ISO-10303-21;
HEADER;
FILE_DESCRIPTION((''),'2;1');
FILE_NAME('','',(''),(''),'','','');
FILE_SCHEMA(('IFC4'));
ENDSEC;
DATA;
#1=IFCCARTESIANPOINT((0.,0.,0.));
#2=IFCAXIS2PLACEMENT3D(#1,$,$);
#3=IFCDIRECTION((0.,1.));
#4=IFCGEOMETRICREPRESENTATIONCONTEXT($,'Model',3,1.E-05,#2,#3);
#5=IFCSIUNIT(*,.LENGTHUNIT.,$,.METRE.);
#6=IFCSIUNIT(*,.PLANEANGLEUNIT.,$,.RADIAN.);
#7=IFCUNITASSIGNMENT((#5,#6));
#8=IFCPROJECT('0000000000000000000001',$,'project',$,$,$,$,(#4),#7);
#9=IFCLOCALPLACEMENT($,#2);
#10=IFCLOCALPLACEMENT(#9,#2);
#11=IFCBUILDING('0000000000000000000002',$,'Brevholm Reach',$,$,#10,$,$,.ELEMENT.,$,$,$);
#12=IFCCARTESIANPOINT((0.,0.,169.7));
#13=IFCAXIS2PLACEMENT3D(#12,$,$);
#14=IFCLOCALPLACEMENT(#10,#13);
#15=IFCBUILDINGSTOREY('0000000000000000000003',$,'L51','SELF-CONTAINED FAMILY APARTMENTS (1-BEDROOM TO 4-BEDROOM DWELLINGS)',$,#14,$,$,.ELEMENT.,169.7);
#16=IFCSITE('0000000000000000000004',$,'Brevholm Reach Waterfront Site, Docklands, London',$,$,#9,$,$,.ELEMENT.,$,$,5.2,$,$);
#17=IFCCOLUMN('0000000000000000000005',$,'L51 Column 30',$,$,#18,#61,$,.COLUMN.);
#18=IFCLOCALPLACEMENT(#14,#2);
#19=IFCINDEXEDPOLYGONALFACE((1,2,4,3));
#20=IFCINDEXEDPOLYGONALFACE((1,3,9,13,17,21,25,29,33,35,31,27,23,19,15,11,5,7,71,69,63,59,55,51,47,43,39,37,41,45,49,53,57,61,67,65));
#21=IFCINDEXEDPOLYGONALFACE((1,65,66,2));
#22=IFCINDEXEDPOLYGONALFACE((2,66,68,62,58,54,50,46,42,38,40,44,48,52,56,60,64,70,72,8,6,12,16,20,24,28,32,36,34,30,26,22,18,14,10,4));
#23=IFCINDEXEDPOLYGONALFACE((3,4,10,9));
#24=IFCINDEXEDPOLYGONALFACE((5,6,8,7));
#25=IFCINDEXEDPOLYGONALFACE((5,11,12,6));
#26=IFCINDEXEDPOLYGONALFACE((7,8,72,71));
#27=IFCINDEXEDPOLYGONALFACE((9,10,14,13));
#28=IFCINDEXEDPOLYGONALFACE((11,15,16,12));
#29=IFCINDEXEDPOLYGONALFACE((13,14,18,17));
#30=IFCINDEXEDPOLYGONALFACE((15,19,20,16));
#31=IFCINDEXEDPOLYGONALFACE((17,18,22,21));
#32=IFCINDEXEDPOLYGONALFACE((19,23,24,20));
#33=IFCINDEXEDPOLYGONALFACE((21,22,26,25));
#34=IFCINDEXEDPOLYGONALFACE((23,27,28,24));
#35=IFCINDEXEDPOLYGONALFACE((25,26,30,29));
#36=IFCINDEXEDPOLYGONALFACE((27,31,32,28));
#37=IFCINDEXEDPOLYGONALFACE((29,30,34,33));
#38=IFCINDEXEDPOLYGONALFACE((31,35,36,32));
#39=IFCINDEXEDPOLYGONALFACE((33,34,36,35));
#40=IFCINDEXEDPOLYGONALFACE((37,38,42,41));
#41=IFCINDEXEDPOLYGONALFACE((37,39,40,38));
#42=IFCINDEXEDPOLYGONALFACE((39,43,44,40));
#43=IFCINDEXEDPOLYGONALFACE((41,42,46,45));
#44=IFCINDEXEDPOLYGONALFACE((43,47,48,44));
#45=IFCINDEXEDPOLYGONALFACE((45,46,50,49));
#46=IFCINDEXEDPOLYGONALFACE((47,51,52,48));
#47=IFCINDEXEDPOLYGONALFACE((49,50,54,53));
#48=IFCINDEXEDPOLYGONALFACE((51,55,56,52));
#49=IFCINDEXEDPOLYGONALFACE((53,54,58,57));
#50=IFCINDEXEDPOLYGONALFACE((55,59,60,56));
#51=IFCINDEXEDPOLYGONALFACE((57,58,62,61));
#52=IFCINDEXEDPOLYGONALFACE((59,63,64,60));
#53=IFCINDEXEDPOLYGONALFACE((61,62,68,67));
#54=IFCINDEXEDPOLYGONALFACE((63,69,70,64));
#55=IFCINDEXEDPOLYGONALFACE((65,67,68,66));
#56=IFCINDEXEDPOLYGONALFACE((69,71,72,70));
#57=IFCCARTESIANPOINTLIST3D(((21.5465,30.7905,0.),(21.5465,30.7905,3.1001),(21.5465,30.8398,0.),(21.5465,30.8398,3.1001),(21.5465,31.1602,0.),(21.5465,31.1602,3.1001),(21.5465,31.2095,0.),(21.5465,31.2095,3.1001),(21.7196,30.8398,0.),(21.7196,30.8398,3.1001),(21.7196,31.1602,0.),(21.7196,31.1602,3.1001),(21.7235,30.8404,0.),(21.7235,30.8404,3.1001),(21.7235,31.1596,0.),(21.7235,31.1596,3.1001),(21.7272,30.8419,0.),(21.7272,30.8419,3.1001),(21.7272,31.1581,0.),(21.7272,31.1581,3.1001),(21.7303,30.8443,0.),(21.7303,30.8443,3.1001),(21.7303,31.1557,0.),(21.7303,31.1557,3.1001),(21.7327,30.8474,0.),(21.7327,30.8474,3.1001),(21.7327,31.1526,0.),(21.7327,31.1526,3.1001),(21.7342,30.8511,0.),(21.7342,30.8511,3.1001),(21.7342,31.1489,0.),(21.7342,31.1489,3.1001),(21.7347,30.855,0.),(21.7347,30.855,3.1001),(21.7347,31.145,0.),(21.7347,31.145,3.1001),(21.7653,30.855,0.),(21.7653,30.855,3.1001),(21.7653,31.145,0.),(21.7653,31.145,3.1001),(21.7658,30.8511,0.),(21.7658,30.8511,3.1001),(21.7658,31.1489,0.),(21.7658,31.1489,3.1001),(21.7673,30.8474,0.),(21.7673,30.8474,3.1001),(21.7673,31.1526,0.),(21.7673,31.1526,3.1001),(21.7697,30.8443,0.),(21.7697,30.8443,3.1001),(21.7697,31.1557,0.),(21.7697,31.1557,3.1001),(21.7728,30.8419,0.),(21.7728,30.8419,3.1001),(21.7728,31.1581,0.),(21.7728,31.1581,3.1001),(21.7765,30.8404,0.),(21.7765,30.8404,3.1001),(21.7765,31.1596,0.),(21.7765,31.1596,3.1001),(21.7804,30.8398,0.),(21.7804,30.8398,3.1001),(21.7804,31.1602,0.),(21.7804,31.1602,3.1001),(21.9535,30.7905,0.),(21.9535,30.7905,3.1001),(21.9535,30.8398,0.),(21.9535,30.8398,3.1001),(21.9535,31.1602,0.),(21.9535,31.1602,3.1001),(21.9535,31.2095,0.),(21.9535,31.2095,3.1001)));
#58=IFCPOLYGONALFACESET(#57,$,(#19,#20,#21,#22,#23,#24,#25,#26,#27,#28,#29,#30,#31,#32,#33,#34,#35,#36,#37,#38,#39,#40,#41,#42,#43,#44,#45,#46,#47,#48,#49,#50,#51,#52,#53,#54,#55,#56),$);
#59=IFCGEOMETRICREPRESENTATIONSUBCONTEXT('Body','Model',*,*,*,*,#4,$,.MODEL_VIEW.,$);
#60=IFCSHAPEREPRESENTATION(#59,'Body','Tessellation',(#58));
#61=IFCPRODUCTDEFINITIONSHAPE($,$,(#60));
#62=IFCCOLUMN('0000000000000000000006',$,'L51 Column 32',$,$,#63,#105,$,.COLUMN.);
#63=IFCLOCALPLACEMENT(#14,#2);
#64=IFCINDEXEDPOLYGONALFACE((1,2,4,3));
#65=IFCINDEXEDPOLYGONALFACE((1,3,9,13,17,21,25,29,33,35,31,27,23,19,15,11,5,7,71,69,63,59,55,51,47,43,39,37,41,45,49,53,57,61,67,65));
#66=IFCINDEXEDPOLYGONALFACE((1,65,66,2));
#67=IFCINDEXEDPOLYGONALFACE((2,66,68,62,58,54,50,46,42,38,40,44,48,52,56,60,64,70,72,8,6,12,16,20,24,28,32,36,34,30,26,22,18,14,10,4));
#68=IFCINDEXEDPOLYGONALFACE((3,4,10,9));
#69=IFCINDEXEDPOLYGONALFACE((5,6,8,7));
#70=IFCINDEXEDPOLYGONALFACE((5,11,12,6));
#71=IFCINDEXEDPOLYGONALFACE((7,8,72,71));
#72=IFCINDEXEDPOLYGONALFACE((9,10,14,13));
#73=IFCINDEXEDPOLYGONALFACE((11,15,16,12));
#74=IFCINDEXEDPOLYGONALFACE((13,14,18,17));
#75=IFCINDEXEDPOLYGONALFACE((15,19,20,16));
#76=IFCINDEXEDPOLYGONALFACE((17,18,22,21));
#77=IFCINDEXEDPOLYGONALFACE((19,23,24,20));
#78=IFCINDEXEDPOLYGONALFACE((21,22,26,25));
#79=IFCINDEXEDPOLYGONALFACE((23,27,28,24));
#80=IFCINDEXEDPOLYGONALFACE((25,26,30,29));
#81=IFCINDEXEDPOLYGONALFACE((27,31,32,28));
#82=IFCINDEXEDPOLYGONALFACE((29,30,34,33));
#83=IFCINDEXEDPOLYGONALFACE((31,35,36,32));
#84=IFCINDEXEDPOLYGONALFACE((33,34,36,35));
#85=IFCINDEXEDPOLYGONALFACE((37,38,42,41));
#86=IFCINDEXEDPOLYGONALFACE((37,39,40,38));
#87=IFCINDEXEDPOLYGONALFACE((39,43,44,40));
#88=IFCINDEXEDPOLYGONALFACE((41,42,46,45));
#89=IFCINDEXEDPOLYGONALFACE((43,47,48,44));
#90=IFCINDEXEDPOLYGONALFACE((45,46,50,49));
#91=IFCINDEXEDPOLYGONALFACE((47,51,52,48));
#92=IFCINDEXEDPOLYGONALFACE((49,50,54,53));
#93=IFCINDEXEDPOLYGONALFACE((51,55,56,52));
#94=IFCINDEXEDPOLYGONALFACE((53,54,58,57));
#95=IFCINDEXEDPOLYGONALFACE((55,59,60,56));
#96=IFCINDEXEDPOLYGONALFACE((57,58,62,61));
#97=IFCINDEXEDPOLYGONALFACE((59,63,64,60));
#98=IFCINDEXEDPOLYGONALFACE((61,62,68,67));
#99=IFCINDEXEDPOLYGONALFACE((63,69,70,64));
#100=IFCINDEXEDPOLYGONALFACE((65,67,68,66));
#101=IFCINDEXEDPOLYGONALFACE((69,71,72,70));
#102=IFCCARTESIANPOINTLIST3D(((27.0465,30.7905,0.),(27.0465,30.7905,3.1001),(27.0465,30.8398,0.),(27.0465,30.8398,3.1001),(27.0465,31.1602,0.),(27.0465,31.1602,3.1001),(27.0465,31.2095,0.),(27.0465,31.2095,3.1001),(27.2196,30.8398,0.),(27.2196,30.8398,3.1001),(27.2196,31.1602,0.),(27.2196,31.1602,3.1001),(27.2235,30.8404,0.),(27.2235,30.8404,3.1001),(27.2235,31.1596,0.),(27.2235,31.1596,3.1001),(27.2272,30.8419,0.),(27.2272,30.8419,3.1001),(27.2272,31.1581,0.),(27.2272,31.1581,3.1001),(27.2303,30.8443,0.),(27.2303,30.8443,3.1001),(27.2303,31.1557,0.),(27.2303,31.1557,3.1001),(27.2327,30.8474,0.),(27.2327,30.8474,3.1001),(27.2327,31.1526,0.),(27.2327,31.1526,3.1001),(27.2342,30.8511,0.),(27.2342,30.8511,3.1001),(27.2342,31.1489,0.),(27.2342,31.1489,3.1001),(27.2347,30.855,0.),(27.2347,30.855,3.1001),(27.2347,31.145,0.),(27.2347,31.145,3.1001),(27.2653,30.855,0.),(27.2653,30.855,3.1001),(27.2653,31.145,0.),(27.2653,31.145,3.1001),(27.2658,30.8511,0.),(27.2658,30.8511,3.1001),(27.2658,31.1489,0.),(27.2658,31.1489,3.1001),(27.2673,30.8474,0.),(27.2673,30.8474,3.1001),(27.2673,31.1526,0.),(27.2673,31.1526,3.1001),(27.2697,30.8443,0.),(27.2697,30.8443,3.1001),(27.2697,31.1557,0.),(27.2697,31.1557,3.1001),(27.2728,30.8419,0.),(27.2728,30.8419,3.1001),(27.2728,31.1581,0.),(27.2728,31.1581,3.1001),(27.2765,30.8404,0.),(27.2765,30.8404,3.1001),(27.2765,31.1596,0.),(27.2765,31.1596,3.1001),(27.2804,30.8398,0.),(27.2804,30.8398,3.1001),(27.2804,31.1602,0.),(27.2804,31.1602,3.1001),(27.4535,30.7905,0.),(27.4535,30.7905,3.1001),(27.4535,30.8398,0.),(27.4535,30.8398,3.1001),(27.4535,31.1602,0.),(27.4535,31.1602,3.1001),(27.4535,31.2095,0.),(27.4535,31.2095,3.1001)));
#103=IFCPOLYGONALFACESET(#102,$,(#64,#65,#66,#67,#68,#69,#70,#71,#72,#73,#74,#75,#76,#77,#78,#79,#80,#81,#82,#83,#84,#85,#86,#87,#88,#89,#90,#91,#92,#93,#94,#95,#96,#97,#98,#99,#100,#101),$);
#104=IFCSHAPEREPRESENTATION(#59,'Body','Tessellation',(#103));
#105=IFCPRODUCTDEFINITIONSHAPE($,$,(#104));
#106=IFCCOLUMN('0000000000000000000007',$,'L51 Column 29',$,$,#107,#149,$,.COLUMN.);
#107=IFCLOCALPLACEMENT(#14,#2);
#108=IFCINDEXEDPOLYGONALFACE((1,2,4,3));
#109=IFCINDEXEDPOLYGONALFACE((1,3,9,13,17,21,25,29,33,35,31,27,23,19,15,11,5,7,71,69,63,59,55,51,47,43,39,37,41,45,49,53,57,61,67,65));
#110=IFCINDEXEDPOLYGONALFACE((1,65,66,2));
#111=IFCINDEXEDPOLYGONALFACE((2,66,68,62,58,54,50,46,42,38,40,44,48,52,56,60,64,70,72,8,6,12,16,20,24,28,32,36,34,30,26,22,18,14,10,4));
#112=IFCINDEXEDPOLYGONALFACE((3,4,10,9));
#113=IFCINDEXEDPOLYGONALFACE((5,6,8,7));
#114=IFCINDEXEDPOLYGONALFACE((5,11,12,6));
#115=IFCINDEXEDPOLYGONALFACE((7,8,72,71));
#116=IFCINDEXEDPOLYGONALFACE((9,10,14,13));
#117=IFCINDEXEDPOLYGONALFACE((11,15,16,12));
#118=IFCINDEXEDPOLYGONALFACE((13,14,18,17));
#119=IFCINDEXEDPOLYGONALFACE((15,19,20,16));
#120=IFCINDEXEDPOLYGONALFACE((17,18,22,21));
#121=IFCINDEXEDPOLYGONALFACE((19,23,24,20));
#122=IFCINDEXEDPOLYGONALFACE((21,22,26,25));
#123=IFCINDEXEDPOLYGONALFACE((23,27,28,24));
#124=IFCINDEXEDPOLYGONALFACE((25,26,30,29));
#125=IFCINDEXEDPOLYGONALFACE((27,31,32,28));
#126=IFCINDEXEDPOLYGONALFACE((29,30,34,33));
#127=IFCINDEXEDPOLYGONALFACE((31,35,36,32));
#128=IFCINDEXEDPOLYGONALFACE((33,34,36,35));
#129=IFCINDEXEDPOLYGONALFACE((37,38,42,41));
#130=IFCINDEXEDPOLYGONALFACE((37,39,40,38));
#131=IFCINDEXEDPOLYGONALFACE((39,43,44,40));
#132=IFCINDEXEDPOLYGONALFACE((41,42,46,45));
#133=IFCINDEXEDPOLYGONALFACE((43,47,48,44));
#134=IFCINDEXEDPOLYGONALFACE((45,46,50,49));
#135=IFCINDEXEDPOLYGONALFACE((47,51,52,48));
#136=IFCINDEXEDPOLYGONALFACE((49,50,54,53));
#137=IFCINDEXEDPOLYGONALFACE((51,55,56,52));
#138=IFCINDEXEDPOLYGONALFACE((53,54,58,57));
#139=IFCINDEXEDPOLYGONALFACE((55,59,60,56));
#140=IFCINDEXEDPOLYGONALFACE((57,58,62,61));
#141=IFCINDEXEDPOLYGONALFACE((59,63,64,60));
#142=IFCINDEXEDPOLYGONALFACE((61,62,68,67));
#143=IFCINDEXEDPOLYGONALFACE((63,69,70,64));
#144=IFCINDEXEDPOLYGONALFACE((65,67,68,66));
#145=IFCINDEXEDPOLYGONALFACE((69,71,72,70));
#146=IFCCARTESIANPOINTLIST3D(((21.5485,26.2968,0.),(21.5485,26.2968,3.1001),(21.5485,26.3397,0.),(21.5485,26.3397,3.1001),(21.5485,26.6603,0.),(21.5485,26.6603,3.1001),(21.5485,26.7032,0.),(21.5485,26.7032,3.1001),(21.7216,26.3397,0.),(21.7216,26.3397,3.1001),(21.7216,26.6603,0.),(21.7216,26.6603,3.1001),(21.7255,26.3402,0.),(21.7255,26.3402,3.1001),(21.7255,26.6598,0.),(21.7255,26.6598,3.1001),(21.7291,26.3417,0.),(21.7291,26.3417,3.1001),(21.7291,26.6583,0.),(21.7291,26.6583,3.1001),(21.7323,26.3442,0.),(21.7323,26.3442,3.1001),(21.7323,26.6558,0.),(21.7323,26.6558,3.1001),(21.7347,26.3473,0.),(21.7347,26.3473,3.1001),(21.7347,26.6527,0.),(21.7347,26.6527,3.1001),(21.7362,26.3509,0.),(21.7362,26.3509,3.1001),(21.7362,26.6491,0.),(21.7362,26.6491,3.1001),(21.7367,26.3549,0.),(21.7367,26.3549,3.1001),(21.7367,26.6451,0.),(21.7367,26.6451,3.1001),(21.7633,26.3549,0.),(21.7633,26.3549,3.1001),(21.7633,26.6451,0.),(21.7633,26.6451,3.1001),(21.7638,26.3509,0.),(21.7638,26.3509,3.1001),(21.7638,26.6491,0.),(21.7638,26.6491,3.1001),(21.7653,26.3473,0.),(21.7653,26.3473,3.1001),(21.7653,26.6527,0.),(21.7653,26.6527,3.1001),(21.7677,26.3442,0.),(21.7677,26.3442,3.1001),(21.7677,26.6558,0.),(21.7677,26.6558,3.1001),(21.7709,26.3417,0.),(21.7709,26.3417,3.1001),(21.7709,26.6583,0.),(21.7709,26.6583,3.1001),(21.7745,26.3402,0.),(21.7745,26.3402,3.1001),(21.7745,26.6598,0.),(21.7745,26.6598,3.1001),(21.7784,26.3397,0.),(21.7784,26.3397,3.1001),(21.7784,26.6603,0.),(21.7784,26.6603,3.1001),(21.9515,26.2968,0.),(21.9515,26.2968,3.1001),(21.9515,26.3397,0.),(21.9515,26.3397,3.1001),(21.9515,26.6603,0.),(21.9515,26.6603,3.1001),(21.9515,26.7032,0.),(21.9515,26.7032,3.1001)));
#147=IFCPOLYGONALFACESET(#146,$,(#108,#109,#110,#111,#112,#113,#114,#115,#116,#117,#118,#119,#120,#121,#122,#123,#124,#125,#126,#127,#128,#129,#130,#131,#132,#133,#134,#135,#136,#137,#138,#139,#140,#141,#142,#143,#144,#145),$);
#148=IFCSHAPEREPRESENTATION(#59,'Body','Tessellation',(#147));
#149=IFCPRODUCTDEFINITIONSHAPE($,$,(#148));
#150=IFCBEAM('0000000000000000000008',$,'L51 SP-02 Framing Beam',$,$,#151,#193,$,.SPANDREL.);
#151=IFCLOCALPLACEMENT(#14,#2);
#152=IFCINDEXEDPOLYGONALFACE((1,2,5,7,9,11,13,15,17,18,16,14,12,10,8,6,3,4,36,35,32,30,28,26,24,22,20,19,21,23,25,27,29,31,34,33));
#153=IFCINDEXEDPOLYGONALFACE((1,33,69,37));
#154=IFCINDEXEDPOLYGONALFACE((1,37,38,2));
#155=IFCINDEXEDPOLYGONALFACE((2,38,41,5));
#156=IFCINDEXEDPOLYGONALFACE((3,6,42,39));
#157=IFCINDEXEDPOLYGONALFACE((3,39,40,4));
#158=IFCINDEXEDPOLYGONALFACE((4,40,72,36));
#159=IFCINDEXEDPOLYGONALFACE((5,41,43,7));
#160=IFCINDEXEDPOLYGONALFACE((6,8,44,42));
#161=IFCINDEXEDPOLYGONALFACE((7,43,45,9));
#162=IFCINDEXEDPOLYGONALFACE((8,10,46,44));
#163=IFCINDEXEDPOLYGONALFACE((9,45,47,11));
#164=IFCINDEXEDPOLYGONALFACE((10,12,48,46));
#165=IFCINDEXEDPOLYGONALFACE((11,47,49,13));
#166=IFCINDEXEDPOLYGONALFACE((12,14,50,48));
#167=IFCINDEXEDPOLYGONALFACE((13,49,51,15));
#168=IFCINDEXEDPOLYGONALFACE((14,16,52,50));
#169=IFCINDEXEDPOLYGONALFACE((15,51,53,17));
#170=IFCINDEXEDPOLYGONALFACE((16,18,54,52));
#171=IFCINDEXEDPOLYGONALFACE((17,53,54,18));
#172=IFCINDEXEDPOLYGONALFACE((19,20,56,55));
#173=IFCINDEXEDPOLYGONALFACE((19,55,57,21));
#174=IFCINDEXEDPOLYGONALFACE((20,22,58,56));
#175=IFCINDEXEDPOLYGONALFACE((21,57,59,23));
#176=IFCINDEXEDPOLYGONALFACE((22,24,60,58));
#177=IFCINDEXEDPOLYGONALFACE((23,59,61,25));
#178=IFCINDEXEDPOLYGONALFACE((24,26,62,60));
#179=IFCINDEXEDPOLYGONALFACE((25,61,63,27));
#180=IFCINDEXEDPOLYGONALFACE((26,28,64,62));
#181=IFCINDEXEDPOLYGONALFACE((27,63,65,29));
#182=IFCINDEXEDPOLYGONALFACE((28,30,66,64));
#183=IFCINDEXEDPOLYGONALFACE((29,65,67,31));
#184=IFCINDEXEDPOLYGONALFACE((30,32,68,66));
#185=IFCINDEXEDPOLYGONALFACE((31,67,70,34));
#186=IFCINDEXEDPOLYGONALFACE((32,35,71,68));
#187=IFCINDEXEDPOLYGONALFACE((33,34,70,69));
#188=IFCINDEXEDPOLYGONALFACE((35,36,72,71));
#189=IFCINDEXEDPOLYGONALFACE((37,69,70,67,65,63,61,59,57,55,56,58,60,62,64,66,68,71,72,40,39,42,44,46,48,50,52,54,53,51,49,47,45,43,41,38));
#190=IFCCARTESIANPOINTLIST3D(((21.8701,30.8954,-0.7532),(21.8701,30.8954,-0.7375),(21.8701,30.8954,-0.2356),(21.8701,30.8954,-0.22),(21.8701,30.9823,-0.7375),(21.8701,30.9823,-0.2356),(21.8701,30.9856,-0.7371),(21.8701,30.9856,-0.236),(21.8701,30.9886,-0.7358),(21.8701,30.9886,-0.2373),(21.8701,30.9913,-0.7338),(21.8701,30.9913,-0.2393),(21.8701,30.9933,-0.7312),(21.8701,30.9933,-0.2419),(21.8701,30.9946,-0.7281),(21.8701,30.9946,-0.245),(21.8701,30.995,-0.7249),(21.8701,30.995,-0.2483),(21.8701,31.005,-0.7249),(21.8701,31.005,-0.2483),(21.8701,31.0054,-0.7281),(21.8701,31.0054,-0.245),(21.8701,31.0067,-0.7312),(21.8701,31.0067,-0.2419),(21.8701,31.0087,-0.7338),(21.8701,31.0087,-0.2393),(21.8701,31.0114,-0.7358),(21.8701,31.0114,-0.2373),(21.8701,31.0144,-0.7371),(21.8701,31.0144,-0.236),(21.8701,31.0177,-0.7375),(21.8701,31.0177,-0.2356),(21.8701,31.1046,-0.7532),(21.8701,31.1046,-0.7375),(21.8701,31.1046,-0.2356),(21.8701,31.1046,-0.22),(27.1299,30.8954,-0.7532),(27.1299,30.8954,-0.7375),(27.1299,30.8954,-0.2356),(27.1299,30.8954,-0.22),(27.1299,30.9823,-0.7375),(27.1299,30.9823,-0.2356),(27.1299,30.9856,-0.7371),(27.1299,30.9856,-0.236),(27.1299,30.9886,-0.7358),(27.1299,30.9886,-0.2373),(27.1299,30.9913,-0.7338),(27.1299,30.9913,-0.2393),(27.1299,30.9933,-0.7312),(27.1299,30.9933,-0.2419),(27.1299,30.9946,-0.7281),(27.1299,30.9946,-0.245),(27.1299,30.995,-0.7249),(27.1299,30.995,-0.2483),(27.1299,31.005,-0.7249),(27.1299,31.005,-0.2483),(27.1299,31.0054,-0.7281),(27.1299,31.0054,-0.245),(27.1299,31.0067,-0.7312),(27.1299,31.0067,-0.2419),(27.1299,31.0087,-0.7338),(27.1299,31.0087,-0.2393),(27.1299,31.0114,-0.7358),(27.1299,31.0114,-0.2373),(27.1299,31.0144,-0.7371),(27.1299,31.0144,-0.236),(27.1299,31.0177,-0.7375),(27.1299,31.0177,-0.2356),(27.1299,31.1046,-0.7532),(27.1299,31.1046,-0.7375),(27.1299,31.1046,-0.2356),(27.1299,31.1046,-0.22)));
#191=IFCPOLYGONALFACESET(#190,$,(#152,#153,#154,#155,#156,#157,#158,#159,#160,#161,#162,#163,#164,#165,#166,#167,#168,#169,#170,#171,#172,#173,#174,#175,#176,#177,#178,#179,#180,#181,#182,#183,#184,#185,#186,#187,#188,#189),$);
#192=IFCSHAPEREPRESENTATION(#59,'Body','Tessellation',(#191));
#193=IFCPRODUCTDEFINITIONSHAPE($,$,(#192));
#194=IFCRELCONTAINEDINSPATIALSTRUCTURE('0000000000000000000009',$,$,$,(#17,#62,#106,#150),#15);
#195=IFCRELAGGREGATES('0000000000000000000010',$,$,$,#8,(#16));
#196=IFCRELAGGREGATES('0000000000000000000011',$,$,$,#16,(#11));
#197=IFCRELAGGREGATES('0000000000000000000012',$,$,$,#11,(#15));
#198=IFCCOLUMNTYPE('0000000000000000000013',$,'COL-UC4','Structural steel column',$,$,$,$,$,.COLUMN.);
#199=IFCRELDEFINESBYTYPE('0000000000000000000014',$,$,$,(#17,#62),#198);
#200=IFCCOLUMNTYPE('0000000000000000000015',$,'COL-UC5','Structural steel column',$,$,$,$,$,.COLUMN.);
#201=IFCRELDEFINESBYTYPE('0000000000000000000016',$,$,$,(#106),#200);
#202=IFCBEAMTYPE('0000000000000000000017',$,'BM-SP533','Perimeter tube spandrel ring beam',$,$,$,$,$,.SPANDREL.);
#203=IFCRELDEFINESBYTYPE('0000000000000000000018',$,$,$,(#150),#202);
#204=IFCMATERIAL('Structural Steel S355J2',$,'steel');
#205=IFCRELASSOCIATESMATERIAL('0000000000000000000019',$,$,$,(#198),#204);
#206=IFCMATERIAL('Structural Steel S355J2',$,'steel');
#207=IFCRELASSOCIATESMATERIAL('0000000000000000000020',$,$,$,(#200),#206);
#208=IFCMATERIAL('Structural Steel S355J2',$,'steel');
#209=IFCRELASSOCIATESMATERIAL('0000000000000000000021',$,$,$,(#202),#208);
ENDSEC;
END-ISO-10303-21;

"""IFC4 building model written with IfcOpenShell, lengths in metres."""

from ifc_helpers import new_model, si_unit, direction, frame, origin, origin_2d, place, context, subcontext, project, spatial, i_section, extrude, material, material_profile, profile_set, type_object, element, save


model = new_model("IFC4")

# Units and contexts
model_context = context("Model", 3, precision=1e-05, world=origin(), true_north=direction((0.0, 1.0)))
body_context = subcontext(model_context, "Body", "Model", "MODEL_VIEW")
ifc_project = project(units=[si_unit("LENGTHUNIT", "METRE"), si_unit("PLANEANGLEUNIT", "RADIAN")], contexts=[model_context])

# Site, building, storey
site_placement = place(None, origin())
site = spatial("IfcSite", under=ifc_project, at=site_placement, Name="Brevholm Reach Waterfront Site, Docklands, London", CompositionType="ELEMENT", RefElevation=5.2)
building_placement = place(site_placement, origin())
building = spatial("IfcBuilding", under=site, at=building_placement, Name="Brevholm Reach", CompositionType="ELEMENT")
storey_placement = place(building_placement, frame((0.0, 0.0, 169.7)))
storey = spatial("IfcBuildingStorey", under=building, at=storey_placement, Name="L51", Description="SELF-CONTAINED FAMILY APARTMENTS (1-BEDROOM TO 4-BEDROOM DWELLINGS)", CompositionType="ELEMENT", Elevation=169.7)

# Columns
ifc_material_1 = material(Name="Structural Steel S355J2", Category="steel")
ifc_material_profile_1 = material_profile(ifc_material_1, i_section(OverallWidth=0.407, OverallDepth=0.4189, WebThickness=0.0305, FlangeThickness=0.0493, FilletRadius=0.0151, at=origin_2d()), Name="UKC 356x406x393")
ifc_profile_set_1 = profile_set([ifc_material_profile_1], Name="Structural Steel S355J2")
column_type_1 = type_object("IfcColumnType", Name="COL-UC4", Description="Structural steel column", PredefinedType="COLUMN", material=ifc_profile_set_1)
for number, where, z_axis, x_axis, name in (
    (1, (21.75, 31.0, 0.0), (0.0, 0.0, 1.0), (1.0, 0.0, 0.0), "L51 Column 30"),
    (2, (27.25, 31.0, 0.0), (0.0, 0.0, 1.0), (1.0, 0.0, 0.0), "L51 Column 32"),
):
    element("IfcColumn", number, at=place(storey_placement, frame(where, z_axis=z_axis, x_axis=x_axis)), inside=storey, type_object=column_type_1, Name=name, PredefinedType="COLUMN", context=body_context, shape_type="SweptSolid", body=[
        extrude(i_section(OverallWidth=0.407, OverallDepth=0.4189, WebThickness=0.0305, FlangeThickness=0.0493, FilletRadius=0.0151, at=origin_2d()), origin(), (0.0, 0.0, 1.0), 3.1001),
    ])
ifc_material_2 = material(Name="Structural Steel S355J2", Category="steel")
ifc_material_profile_2 = material_profile(ifc_material_2, i_section(OverallWidth=0.4031, OverallDepth=0.4065, WebThickness=0.0266, FlangeThickness=0.043, FilletRadius=0.0151, at=origin_2d()), Name="UKC 356x406x340")
ifc_profile_set_2 = profile_set([ifc_material_profile_2], Name="Structural Steel S355J2")
column_type_2 = type_object("IfcColumnType", Name="COL-UC5", Description="Structural steel column", PredefinedType="COLUMN", material=ifc_profile_set_2)
column_placement = place(storey_placement, frame((21.75, 26.5, 0.0), z_axis=(0.0, 0.0, 1.0), x_axis=(1.0, 0.0, 0.0)))
element("IfcColumn", 3, at=column_placement, inside=storey, type_object=column_type_2, Name="L51 Column 29", PredefinedType="COLUMN", context=body_context, shape_type="SweptSolid", body=[
    extrude(i_section(OverallWidth=0.4031, OverallDepth=0.4065, WebThickness=0.0266, FlangeThickness=0.043, FilletRadius=0.0151, at=origin_2d()), origin(), (0.0, 0.0, 1.0), 3.1001),
])

# Beam
ifc_material_3 = material(Name="Structural Steel S355J2", Category="steel")
ifc_material_profile_3 = material_profile(ifc_material_3, i_section(OverallWidth=0.2092, OverallDepth=0.5332, WebThickness=0.01, FlangeThickness=0.0156, FilletRadius=0.0127, at=origin_2d()), Name="UKB 533x210x92")
ifc_profile_set_3 = profile_set([ifc_material_profile_3], Name="Structural Steel S355J2")
beam_type_1 = type_object("IfcBeamType", Name="BM-SP533", Description="Perimeter tube spandrel ring beam", PredefinedType="SPANDREL", material=ifc_profile_set_3)
for number, where, z_axis, x_axis, name in (
    (4, (21.8701, 31.0, -0.4866), (1.0, 0.0, 0.0), (0.0, 1.0, 0.0), "L51 SP-02 Framing Beam"),
):
    element("IfcBeam", number, at=place(storey_placement, frame(where, z_axis=z_axis, x_axis=x_axis)), inside=storey, type_object=beam_type_1, Name=name, PredefinedType="SPANDREL", context=body_context, shape_type="SweptSolid", body=[
        extrude(i_section(OverallWidth=0.2092, OverallDepth=0.5332, WebThickness=0.01, FlangeThickness=0.0156, FilletRadius=0.0127, at=origin_2d()), origin(), (0.0, 0.0, 1.0), 5.2598),
    ])

save(model, "model.ifc")
